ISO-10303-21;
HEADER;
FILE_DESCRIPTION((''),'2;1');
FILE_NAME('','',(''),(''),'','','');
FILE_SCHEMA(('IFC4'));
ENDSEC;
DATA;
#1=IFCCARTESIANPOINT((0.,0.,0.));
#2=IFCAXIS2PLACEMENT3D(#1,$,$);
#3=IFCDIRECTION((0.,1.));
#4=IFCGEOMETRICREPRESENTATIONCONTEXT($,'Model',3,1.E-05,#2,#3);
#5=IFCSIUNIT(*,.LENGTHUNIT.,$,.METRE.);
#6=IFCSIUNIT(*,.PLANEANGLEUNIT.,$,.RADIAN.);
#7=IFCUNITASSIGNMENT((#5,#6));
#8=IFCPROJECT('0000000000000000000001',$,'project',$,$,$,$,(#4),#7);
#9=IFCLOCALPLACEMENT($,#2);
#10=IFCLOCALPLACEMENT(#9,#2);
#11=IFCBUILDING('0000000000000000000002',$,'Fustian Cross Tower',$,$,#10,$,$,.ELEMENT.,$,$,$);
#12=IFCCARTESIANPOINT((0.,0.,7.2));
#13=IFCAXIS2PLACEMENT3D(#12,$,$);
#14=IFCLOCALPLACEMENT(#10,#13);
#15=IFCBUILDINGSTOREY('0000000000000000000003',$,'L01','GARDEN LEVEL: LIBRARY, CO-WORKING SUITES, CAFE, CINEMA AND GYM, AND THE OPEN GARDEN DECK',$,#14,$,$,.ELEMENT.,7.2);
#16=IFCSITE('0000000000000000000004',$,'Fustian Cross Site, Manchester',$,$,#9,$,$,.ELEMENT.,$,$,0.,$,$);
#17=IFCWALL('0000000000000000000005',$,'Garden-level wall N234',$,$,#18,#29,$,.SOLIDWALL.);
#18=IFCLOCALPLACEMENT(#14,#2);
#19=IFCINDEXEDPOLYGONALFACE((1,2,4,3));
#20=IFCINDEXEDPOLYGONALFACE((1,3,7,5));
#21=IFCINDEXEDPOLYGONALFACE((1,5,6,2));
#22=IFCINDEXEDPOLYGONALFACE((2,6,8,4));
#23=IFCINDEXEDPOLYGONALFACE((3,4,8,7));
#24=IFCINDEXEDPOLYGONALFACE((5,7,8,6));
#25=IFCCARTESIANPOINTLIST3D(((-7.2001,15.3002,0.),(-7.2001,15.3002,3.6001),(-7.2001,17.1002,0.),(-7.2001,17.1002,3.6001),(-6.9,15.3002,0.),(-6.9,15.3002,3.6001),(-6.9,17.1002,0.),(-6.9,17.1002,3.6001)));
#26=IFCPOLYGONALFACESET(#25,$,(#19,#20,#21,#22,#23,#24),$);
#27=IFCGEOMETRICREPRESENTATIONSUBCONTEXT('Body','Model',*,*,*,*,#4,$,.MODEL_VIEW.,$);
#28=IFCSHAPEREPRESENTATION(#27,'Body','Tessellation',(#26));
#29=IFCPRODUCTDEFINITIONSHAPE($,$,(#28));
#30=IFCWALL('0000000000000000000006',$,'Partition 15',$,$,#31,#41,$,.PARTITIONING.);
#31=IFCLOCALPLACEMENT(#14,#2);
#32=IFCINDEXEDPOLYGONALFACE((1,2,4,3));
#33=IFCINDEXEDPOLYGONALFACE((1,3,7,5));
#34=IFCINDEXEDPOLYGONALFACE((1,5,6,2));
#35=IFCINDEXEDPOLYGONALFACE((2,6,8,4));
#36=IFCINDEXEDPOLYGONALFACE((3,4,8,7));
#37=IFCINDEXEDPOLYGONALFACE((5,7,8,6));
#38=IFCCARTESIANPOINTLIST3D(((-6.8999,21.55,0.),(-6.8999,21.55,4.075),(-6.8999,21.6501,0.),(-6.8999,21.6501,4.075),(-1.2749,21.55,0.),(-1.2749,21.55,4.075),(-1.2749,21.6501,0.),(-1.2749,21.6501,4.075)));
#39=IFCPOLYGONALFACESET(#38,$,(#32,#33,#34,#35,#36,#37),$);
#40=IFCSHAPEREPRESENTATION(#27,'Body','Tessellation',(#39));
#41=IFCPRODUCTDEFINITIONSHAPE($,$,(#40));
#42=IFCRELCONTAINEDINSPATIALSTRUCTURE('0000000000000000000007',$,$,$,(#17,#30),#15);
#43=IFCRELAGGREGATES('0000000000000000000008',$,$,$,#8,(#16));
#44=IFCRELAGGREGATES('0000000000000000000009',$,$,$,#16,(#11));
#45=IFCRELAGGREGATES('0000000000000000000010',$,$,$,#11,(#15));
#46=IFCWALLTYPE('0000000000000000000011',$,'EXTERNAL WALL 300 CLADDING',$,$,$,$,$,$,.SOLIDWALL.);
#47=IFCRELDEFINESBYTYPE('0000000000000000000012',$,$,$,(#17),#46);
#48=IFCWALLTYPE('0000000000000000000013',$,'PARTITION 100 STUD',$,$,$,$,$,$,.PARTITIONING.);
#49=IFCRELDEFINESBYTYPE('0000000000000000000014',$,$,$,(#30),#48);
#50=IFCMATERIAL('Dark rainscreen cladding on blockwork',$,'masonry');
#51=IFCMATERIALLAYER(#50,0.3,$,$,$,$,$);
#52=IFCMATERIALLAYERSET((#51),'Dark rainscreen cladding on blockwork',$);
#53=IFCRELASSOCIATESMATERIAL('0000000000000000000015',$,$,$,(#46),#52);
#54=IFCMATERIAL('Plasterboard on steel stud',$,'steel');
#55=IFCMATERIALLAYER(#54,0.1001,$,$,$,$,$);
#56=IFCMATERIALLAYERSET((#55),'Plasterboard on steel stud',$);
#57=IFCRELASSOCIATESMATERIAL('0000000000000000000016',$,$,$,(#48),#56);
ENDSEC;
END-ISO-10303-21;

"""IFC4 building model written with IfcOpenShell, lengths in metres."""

from ifc_helpers import new_model, si_unit, direction, frame, frame_2d, origin, place, context, subcontext, project, spatial, rectangle, extrude, material, layer, layer_set, type_object, element, save


model = new_model("IFC4")

# Units and contexts
model_context = context("Model", 3, precision=1e-05, world=origin(), true_north=direction((0.0, 1.0)))
body_context = subcontext(model_context, "Body", "Model", "MODEL_VIEW")
ifc_project = project(units=[si_unit("LENGTHUNIT", "METRE"), si_unit("PLANEANGLEUNIT", "RADIAN")], contexts=[model_context])

# Site, building, storey
site_placement = place(None, origin())
site = spatial("IfcSite", under=ifc_project, at=site_placement, Name="Fustian Cross Site, Manchester", CompositionType="ELEMENT", RefElevation=0.0)
building_placement = place(site_placement, origin())
building = spatial("IfcBuilding", under=site, at=building_placement, Name="Fustian Cross Tower", CompositionType="ELEMENT")
storey_placement = place(building_placement, frame((0.0, 0.0, 7.2)))
storey = spatial("IfcBuildingStorey", under=building, at=storey_placement, Name="L01", Description="GARDEN LEVEL: LIBRARY, CO-WORKING SUITES, CAFE, CINEMA AND GYM, AND THE OPEN GARDEN DECK", CompositionType="ELEMENT", Elevation=7.2)

# Walls
ifc_material_1 = material(Name="Dark rainscreen cladding on blockwork", Category="masonry")
ifc_layer_1 = layer(ifc_material_1, 0.3)
ifc_layer_set_1 = layer_set([ifc_layer_1], Name="Dark rainscreen cladding on blockwork")
wall_type_1 = type_object("IfcWallType", Name="EXTERNAL WALL 300 CLADDING", PredefinedType="SOLIDWALL", material=ifc_layer_set_1)
wall_1_placement = place(storey_placement, frame((-7.05, 17.1001, 0.0), z_axis=(0.0, 0.0, 1.0), x_axis=(0.0, -1.0, 0.0)))
element("IfcWall", 1, at=wall_1_placement, inside=storey, type_object=wall_type_1, Name="Garden-level wall N234", PredefinedType="SOLIDWALL", context=body_context, shape_type="SweptSolid", body=[
    extrude(rectangle(XDim=1.8, YDim=0.3, at=frame_2d((0.8999, 0.0))), origin(), (0.0, 0.0, 1.0), 3.6001),
])
ifc_material_2 = material(Name="Plasterboard on steel stud", Category="steel")
ifc_layer_2 = layer(ifc_material_2, 0.1001)
ifc_layer_set_2 = layer_set([ifc_layer_2], Name="Plasterboard on steel stud")
wall_type_2 = type_object("IfcWallType", Name="PARTITION 100 STUD", PredefinedType="PARTITIONING", material=ifc_layer_set_2)
wall_2_placement = place(storey_placement, frame((-6.8999, 21.6001, 0.0), z_axis=(0.0, 0.0, 1.0), x_axis=(1.0, 0.0, 0.0)))
element("IfcWall", 2, at=wall_2_placement, inside=storey, type_object=wall_type_2, Name="Partition 15", PredefinedType="PARTITIONING", context=body_context, shape_type="SweptSolid", body=[
    extrude(rectangle(XDim=5.625, YDim=0.1001, at=frame_2d((2.8125, 0.0))), origin(), (0.0, 0.0, 1.0), 4.075),
])

save(model, "model.ifc")
